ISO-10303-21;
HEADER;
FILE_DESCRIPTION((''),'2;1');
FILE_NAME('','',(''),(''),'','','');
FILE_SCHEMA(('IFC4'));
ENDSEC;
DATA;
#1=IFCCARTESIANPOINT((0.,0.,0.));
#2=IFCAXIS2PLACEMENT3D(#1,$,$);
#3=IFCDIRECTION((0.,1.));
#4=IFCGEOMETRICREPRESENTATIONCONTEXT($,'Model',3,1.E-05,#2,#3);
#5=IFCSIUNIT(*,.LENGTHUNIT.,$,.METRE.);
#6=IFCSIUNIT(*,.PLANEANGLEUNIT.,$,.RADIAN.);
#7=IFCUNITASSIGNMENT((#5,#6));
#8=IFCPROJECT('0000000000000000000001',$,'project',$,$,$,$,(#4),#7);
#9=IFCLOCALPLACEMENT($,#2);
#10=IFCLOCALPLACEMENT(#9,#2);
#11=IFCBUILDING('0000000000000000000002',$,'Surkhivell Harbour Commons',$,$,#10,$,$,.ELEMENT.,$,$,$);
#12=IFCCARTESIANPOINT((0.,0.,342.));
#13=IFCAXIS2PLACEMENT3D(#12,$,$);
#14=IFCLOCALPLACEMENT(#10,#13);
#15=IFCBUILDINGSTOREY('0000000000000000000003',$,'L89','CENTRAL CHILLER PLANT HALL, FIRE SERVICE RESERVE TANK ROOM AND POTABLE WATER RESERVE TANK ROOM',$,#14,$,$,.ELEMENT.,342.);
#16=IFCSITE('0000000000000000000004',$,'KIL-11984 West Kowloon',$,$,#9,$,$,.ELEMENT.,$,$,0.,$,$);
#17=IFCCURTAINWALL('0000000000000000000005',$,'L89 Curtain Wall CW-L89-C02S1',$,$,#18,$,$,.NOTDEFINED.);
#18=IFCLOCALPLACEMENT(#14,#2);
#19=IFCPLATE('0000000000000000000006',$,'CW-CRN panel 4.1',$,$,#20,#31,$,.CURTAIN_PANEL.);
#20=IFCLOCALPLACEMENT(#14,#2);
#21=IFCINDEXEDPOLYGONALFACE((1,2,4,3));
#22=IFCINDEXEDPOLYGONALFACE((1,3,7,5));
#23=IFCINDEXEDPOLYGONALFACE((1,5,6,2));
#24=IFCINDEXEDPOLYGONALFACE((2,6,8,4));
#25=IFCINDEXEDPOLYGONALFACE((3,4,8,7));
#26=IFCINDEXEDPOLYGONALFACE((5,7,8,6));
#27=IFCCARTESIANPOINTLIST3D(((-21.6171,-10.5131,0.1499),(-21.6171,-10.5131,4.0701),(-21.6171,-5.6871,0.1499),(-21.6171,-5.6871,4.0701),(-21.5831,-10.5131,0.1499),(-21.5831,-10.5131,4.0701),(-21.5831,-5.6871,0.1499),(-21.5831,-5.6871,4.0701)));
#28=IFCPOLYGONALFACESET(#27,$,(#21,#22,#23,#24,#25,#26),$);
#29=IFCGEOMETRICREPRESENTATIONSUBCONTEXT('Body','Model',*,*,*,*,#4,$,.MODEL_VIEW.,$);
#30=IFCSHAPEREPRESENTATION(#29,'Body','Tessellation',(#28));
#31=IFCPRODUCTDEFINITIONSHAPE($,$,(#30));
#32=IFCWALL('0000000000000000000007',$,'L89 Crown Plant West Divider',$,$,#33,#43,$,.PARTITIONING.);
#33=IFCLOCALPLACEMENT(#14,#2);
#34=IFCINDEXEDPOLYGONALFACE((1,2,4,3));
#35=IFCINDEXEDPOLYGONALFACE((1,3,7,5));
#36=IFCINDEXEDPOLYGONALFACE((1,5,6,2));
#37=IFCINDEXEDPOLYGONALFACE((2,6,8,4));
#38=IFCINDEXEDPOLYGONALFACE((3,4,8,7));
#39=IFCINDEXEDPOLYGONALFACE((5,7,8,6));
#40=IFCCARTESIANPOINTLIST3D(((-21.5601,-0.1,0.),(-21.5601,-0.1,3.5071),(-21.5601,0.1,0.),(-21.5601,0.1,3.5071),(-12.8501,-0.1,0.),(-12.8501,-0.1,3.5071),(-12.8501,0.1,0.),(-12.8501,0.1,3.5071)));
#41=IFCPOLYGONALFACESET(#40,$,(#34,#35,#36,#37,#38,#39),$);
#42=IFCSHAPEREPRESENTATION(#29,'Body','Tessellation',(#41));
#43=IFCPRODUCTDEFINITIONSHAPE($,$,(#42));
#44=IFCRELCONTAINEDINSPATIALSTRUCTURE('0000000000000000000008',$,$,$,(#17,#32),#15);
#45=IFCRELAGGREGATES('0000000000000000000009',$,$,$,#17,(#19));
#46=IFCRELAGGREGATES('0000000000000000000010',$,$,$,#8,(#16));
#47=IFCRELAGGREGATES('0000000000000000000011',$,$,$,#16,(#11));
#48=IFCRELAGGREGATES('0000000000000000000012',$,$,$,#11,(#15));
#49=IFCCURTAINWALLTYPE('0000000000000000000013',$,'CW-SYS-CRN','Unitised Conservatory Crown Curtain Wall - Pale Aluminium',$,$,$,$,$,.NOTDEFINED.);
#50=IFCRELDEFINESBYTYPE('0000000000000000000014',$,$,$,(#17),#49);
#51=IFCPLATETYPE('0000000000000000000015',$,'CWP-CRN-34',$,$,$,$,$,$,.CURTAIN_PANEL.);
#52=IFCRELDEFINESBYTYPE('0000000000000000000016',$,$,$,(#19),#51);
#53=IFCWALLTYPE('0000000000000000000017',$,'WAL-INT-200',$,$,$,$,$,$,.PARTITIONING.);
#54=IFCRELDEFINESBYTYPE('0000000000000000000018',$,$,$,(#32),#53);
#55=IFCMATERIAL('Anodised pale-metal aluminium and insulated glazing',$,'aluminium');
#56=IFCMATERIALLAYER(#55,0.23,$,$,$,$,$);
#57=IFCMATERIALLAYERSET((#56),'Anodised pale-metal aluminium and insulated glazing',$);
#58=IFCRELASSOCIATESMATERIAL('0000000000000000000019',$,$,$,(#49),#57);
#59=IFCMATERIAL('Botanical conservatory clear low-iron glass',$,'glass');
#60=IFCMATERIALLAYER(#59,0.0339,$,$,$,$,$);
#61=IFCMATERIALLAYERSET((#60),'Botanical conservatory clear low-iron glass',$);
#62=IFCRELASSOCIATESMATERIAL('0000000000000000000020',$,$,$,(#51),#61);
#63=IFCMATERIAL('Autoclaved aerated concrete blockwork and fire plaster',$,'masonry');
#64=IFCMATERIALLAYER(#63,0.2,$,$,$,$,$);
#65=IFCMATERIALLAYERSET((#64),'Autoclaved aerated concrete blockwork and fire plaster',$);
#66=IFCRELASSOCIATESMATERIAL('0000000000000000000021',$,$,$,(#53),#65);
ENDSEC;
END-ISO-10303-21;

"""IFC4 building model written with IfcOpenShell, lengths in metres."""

from ifc_helpers import new_model, si_unit, direction, frame, frame_2d, origin, place, context, subcontext, project, spatial, rectangle, extrude, material, layer, layer_set, type_object, element, aggregate, save


model = new_model("IFC4")

# Units and contexts
model_context = context("Model", 3, precision=1e-05, world=origin(), true_north=direction((0.0, 1.0)))
body_context = subcontext(model_context, "Body", "Model", "MODEL_VIEW")
ifc_project = project(units=[si_unit("LENGTHUNIT", "METRE"), si_unit("PLANEANGLEUNIT", "RADIAN")], contexts=[model_context])

# Site, building, storey
site_placement = place(None, origin())
site = spatial("IfcSite", under=ifc_project, at=site_placement, Name="KIL-11984 West Kowloon", CompositionType="ELEMENT", RefElevation=0.0)
building_placement = place(site_placement, origin())
building = spatial("IfcBuilding", under=site, at=building_placement, Name="Surkhivell Harbour Commons", CompositionType="ELEMENT")
storey_placement = place(building_placement, frame((0.0, 0.0, 342.0)))
storey = spatial("IfcBuildingStorey", under=building, at=storey_placement, Name="L89", Description="CENTRAL CHILLER PLANT HALL, FIRE SERVICE RESERVE TANK ROOM AND POTABLE WATER RESERVE TANK ROOM", CompositionType="ELEMENT", Elevation=342.0)

# Curtain wall, plate
ifc_material_1 = material(Name="Anodised pale-metal aluminium and insulated glazing", Category="aluminium")
ifc_layer_1 = layer(ifc_material_1, 0.23)
ifc_layer_set_1 = layer_set([ifc_layer_1], Name="Anodised pale-metal aluminium and insulated glazing")
curtain_wall_type = type_object("IfcCurtainWallType", Name="CW-SYS-CRN", Description="Unitised Conservatory Crown Curtain Wall - Pale Aluminium", PredefinedType="NOTDEFINED", material=ifc_layer_set_1)
curtain_wall_placement = place(storey_placement, origin())
curtain_wall = element("IfcCurtainWall", 1, at=curtain_wall_placement, inside=storey, type_object=curtain_wall_type, Name="L89 Curtain Wall CW-L89-C02S1", PredefinedType="NOTDEFINED")
ifc_material_2 = material(Name="Botanical conservatory clear low-iron glass", Category="glass")
ifc_layer_2 = layer(ifc_material_2, 0.0339)
ifc_layer_set_2 = layer_set([ifc_layer_2], Name="Botanical conservatory clear low-iron glass")
plate_type = type_object("IfcPlateType", Name="CWP-CRN-34", PredefinedType="CURTAIN_PANEL", material=ifc_layer_set_2)
plate_1_placement = place(storey_placement, frame((-21.6001, -5.687, 0.1499), z_axis=(0.0, 0.0, 1.0), x_axis=(0.0, -1.0, 0.0)))
plate_1 = element("IfcPlate", 2, at=plate_1_placement, type_object=plate_type, Name="CW-CRN panel 4.1", PredefinedType="CURTAIN_PANEL", context=body_context, shape_type="SweptSolid", body=[
    extrude(rectangle(XDim=4.8259, YDim=0.0339, at=frame_2d((2.4131, 0.0))), origin(), (0.0, 0.0, 1.0), 3.9202),
])
aggregate(curtain_wall, [plate_1])

# Wall
ifc_material_3 = material(Name="Autoclaved aerated concrete blockwork and fire plaster", Category="masonry")
ifc_layer_3 = layer(ifc_material_3, 0.2)
ifc_layer_set_3 = layer_set([ifc_layer_3], Name="Autoclaved aerated concrete blockwork and fire plaster")
wall_type = type_object("IfcWallType", Name="WAL-INT-200", PredefinedType="PARTITIONING", material=ifc_layer_set_3)
wall_placement = place(storey_placement, frame((-21.5601, 0.0, 0.0), z_axis=(0.0, 0.0, 1.0), x_axis=(1.0, 0.0, 0.0)))
element("IfcWall", 3, at=wall_placement, inside=storey, type_object=wall_type, Name="L89 Crown Plant West Divider", PredefinedType="PARTITIONING", context=body_context, shape_type="SweptSolid", body=[
    extrude(rectangle(XDim=8.71, YDim=0.2, at=frame_2d((4.355, 0.0))), origin(), (0.0, 0.0, 1.0), 3.5071),
])

save(model, "model.ifc")
